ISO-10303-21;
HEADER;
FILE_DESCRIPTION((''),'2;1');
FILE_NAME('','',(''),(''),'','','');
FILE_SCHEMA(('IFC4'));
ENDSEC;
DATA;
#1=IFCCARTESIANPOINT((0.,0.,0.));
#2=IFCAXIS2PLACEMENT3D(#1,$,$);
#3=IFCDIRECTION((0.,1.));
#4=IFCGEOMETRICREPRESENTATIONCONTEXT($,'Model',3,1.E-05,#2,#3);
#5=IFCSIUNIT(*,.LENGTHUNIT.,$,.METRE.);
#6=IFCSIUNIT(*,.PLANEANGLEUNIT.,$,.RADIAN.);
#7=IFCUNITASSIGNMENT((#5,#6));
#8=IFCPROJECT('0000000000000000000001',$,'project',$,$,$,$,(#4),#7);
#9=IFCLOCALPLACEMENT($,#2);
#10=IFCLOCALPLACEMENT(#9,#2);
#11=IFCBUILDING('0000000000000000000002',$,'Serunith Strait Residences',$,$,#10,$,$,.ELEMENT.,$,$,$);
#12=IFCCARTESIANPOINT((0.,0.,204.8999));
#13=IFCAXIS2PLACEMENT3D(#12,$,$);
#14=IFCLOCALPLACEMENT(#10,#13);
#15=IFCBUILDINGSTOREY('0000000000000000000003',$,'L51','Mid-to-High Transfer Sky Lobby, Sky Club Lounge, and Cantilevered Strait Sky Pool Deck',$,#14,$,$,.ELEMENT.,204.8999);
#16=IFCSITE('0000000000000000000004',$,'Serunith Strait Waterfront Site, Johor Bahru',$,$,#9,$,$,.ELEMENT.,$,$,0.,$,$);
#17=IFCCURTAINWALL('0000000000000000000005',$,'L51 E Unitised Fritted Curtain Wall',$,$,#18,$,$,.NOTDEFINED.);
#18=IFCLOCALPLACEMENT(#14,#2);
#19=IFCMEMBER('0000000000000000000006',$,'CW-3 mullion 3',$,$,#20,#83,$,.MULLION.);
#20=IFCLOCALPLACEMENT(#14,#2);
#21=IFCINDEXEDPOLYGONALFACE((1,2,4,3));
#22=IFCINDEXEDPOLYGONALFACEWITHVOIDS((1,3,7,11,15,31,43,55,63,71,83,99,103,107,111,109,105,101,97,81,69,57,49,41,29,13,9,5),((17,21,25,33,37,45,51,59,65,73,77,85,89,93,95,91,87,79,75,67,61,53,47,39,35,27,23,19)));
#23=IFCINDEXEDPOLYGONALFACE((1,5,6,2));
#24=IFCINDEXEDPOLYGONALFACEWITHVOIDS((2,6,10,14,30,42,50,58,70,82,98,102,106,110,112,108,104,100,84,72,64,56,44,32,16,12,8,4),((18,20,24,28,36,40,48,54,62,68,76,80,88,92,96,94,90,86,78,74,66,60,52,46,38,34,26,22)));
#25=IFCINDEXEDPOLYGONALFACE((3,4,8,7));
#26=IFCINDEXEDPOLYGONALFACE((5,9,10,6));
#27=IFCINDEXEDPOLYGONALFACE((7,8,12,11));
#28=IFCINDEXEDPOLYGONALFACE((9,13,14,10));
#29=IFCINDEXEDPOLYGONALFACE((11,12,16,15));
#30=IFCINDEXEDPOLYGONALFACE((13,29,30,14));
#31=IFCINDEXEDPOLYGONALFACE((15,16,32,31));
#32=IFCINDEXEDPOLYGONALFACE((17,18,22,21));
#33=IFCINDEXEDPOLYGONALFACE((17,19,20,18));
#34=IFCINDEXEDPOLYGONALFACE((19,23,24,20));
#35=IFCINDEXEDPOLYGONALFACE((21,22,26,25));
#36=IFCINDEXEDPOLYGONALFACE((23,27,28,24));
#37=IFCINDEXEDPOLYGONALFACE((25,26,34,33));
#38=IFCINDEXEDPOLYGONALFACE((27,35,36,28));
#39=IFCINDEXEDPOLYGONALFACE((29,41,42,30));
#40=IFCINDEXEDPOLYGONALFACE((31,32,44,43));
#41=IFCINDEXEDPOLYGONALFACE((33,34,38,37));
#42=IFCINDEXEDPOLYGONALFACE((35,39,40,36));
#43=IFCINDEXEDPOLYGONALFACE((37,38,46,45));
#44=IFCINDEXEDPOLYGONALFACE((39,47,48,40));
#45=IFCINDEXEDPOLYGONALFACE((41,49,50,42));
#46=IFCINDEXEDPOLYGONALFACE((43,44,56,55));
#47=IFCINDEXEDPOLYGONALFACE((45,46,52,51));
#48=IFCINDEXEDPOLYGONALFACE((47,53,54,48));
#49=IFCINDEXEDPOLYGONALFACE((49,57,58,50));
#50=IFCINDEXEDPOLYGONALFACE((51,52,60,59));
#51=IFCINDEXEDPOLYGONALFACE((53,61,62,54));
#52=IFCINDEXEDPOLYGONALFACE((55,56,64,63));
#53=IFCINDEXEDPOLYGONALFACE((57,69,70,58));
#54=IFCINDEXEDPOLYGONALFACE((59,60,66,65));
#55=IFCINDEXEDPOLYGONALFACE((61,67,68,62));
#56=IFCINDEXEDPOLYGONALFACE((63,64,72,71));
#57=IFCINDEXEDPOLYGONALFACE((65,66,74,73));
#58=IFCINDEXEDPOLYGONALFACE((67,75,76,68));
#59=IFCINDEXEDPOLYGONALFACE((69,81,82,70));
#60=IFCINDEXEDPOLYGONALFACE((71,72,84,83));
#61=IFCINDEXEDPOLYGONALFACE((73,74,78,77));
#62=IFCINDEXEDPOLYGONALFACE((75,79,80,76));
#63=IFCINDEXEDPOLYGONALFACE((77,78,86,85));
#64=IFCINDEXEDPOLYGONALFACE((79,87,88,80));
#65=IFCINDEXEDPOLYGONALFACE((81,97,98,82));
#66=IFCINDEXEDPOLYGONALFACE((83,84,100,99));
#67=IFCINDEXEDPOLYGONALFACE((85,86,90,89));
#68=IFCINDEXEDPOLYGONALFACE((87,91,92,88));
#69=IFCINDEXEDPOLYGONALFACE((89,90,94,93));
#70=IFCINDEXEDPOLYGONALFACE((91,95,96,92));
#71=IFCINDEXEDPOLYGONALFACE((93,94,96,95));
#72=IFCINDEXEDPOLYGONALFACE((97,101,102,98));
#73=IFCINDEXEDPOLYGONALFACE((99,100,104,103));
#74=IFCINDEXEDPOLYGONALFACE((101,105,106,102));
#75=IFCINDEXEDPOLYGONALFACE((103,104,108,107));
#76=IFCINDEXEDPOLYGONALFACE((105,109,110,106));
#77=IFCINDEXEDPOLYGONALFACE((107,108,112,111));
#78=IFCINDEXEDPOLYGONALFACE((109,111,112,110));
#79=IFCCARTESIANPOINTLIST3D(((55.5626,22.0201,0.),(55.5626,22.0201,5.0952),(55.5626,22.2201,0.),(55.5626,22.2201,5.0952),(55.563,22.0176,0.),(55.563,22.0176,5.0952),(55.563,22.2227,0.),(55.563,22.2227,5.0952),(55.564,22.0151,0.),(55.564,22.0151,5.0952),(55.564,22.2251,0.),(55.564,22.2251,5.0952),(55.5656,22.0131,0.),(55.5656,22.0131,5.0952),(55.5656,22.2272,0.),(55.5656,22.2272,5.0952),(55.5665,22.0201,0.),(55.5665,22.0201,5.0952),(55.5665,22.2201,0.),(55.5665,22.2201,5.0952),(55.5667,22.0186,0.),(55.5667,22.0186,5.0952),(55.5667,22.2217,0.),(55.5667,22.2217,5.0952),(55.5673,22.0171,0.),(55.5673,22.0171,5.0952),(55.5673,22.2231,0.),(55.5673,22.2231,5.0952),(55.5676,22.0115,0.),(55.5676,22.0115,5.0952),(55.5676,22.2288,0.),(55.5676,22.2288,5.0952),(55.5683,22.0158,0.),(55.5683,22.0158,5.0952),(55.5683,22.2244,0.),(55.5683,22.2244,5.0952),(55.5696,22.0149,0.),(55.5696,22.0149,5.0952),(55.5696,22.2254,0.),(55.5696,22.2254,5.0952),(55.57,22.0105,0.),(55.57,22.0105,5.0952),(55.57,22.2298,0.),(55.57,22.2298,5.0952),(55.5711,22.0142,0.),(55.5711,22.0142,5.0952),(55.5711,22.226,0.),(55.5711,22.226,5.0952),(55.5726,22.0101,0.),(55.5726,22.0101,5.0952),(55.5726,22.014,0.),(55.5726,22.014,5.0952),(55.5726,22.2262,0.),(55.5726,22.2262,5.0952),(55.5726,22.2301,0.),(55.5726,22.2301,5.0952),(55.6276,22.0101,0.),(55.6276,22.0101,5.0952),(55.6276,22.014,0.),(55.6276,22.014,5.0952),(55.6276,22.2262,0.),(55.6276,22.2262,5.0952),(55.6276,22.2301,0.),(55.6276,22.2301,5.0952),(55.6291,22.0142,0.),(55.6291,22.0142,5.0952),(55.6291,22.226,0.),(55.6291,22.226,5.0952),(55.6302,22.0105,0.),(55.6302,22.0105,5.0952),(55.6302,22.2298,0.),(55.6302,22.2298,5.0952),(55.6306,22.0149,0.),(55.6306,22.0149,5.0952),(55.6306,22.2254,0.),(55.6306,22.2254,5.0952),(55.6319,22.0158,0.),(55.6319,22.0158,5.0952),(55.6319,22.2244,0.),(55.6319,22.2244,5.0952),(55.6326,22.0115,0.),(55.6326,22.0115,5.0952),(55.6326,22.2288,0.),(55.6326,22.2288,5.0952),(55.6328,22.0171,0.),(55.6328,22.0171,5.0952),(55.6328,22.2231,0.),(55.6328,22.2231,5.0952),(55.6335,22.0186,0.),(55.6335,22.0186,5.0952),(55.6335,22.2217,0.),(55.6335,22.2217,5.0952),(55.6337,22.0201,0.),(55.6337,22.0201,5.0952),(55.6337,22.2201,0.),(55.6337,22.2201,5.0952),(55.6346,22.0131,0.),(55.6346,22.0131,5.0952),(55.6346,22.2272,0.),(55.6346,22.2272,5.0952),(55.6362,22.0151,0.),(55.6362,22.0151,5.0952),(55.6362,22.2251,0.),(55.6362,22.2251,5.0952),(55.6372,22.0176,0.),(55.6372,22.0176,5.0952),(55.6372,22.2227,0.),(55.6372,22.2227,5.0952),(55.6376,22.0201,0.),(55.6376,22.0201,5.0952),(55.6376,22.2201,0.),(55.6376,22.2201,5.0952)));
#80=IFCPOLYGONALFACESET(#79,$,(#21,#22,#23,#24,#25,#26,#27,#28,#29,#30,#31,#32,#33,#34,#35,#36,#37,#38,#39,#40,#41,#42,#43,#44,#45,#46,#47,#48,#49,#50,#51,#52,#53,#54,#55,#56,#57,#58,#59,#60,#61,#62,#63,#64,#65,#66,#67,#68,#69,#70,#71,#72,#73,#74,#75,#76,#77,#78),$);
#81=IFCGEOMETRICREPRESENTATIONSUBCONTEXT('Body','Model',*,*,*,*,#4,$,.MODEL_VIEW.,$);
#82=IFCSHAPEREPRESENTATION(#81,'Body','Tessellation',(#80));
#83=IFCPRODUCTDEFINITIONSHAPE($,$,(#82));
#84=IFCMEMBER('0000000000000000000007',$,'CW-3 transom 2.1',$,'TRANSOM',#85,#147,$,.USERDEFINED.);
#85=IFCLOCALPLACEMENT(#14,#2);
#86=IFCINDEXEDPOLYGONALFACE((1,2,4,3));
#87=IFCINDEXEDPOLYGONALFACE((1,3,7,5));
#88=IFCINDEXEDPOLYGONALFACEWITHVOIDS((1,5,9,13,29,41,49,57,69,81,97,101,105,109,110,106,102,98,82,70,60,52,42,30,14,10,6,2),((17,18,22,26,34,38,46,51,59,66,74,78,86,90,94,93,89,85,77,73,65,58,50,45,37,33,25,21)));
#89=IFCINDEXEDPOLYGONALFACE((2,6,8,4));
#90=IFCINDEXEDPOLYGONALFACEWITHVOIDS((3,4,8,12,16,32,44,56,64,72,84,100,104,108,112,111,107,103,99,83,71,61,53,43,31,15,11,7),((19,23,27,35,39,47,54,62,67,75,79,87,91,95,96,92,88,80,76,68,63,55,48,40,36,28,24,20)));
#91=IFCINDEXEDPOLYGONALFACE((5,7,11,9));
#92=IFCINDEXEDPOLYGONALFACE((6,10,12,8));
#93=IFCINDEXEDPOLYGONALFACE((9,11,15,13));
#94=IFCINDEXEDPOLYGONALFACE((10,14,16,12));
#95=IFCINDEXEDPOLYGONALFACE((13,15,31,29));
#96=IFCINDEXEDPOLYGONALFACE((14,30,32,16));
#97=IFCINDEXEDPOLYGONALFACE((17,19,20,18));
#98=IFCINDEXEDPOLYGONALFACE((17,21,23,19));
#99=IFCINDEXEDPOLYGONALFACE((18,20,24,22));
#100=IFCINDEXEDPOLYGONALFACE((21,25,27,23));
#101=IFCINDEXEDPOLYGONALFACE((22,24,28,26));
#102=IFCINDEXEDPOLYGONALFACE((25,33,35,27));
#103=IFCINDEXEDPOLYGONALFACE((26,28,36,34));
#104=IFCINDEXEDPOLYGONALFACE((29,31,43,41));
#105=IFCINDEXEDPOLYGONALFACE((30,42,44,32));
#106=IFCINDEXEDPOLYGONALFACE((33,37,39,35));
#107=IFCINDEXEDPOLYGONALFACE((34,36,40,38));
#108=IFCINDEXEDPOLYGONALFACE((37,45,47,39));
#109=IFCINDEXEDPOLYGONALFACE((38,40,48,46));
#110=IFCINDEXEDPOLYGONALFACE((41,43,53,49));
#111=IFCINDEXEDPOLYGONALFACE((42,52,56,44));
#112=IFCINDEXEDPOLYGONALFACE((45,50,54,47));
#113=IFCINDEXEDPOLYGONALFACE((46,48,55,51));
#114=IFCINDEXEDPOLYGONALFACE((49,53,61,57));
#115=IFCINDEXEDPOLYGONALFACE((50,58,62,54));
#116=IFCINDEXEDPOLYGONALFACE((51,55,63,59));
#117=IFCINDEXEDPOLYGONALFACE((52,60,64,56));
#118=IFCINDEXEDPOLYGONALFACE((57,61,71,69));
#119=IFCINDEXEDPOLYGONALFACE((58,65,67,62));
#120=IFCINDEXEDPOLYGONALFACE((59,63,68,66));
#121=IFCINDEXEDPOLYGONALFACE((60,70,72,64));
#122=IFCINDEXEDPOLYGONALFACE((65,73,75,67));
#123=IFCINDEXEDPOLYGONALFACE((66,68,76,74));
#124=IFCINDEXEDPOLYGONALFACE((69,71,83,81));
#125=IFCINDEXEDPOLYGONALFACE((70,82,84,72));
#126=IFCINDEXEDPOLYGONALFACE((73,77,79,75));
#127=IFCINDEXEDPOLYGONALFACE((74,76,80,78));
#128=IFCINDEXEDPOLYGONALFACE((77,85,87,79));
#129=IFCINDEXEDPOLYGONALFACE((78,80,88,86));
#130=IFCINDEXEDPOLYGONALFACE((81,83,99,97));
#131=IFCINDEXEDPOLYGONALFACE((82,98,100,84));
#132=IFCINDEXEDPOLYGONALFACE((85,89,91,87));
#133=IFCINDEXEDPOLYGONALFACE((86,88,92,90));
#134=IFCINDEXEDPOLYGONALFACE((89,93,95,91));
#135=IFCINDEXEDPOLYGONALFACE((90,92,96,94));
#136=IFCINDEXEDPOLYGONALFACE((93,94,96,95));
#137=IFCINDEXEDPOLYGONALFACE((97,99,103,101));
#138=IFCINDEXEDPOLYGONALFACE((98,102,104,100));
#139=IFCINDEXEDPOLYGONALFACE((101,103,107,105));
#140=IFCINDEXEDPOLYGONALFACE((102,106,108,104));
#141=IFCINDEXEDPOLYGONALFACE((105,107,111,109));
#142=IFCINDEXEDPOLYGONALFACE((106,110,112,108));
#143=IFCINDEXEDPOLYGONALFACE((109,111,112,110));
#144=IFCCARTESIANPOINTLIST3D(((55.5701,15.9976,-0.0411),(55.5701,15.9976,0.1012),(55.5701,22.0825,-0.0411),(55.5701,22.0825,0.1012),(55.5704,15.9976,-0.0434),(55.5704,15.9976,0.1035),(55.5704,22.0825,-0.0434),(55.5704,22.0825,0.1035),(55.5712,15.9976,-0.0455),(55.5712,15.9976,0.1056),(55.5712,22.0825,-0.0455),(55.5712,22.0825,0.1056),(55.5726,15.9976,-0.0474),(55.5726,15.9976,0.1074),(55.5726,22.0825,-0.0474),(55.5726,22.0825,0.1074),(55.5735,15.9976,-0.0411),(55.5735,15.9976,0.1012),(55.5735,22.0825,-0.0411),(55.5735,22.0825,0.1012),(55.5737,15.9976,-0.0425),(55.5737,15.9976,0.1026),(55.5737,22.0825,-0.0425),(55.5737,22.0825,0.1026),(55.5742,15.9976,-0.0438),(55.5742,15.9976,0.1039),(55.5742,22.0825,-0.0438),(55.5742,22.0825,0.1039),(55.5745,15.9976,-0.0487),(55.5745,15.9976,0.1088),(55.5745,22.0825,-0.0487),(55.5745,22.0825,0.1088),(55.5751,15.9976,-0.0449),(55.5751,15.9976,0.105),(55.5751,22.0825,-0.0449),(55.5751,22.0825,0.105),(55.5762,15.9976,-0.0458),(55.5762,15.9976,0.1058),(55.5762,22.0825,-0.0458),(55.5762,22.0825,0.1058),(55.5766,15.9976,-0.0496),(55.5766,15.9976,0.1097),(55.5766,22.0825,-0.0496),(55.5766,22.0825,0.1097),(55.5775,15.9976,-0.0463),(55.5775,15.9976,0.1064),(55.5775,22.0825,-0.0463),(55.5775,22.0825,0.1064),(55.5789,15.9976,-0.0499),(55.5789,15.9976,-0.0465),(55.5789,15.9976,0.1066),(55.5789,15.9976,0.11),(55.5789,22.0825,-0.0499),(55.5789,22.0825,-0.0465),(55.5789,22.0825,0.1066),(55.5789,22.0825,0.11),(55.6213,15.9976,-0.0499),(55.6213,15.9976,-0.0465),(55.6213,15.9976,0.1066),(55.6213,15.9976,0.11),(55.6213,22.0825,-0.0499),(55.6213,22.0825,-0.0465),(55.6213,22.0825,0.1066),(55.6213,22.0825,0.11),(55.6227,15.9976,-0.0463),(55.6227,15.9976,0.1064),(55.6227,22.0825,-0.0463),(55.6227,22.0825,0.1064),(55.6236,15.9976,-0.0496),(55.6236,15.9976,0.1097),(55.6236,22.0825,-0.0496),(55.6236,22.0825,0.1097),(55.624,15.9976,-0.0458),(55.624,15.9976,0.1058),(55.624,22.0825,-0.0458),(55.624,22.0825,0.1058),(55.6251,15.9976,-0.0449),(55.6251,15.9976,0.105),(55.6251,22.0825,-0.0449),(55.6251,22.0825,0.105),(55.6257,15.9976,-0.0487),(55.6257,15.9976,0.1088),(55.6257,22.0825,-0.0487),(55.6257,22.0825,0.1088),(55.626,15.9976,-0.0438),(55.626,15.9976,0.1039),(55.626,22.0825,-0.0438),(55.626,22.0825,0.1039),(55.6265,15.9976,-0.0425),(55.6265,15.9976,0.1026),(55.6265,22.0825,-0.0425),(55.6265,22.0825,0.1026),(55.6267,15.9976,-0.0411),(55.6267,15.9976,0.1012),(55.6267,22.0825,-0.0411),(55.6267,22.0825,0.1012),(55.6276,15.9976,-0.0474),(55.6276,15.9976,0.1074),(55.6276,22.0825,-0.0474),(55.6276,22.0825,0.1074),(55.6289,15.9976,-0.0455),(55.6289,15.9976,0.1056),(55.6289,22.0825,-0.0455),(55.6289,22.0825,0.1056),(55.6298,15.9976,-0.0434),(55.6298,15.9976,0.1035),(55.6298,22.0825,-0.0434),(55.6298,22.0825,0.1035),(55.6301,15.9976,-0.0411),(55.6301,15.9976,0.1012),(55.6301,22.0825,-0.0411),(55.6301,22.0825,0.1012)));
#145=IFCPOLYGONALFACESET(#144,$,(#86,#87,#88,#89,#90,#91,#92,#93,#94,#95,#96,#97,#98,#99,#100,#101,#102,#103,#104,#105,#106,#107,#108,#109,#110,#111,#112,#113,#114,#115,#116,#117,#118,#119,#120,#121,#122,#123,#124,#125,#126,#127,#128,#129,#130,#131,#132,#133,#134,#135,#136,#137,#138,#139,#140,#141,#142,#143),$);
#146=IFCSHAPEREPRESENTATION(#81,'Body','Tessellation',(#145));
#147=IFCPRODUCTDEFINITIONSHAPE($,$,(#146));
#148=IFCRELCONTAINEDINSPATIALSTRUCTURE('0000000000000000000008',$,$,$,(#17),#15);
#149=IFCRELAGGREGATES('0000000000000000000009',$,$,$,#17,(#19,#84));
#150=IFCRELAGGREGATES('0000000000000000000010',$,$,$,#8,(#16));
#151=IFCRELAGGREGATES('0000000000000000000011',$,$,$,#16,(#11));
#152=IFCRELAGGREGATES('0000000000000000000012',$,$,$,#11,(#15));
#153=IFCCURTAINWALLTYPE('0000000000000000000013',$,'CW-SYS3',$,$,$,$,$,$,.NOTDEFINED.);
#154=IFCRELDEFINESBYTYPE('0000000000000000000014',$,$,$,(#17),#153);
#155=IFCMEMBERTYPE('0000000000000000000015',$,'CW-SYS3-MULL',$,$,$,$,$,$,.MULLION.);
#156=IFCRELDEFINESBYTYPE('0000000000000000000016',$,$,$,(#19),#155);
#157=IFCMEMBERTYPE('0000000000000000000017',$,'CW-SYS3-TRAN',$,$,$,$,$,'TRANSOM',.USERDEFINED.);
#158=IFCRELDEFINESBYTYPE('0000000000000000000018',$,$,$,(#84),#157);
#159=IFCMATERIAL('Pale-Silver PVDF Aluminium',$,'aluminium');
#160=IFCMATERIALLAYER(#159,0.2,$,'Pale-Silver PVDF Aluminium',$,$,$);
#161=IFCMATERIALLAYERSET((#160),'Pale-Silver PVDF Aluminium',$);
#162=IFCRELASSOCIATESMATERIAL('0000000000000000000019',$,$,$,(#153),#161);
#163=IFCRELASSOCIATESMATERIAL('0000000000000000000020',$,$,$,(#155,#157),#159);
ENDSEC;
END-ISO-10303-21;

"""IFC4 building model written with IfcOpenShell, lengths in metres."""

from ifc_helpers import new_model, si_unit, direction, frame, origin, origin_2d, place, context, subcontext, project, spatial, hollow_rectangle, extrude, source, transform, mapped, material, layer, layer_set, material_profile, profile_set, type_object, element, aggregate, save


model = new_model("IFC4")

# Units and contexts
model_context = context("Model", 3, precision=1e-05, world=origin(), true_north=direction((0.0, 1.0)))
body_context = subcontext(model_context, "Body", "Model", "MODEL_VIEW")
ifc_project = project(units=[si_unit("LENGTHUNIT", "METRE"), si_unit("PLANEANGLEUNIT", "RADIAN")], contexts=[model_context])

# Site, building, storey
site_placement = place(None, origin())
site = spatial("IfcSite", under=ifc_project, at=site_placement, Name="Serunith Strait Waterfront Site, Johor Bahru", CompositionType="ELEMENT", RefElevation=0.0)
building_placement = place(site_placement, origin())
building = spatial("IfcBuilding", under=site, at=building_placement, Name="Serunith Strait Residences", CompositionType="ELEMENT")
storey_placement = place(building_placement, frame((0.0, 0.0, 204.8999)))
storey = spatial("IfcBuildingStorey", under=building, at=storey_placement, Name="L51", Description="Mid-to-High Transfer Sky Lobby, Sky Club Lounge, and Cantilevered Strait Sky Pool Deck", CompositionType="ELEMENT", Elevation=204.8999)

# Curtain wall, members
ifc_material_1 = material(Name="Pale-Silver PVDF Aluminium", Category="aluminium")
ifc_layer_1 = layer(ifc_material_1, 0.2, Name="Pale-Silver PVDF Aluminium")
ifc_layer_set_1 = layer_set([ifc_layer_1], Name="Pale-Silver PVDF Aluminium")
curtain_wall_type = type_object("IfcCurtainWallType", Name="CW-SYS3", PredefinedType="NOTDEFINED", material=ifc_layer_set_1)
curtain_wall_placement = place(storey_placement, origin())
curtain_wall = element("IfcCurtainWall", 1, at=curtain_wall_placement, inside=storey, type_object=curtain_wall_type, Name="L51 E Unitised Fritted Curtain Wall", PredefinedType="NOTDEFINED")
ifc_material_profile_1 = material_profile(ifc_material_1, hollow_rectangle(XDim=0.075, YDim=0.22, WallThickness=0.0039, InnerFilletRadius=0.0061, OuterFilletRadius=0.01, at=origin_2d()), Name="ALU 220x75x4")
ifc_profile_set_1 = profile_set([ifc_material_profile_1], Name="Pale-Silver PVDF Aluminium")
member_type_1 = type_object("IfcMemberType", Name="CW-SYS3-MULL", PredefinedType="MULLION", material=ifc_profile_set_1)
shared_shape_1 = source(origin(), body_context, "Body", "SweptSolid", [
    extrude(hollow_rectangle(XDim=0.075, YDim=0.22, WallThickness=0.0039, InnerFilletRadius=0.0061, OuterFilletRadius=0.01, at=origin_2d()), origin(), (0.0, 0.0, 1.0), 5.0952),
])
member_1_placement = place(storey_placement, frame((55.6001, 22.1201, 0.0), z_axis=(0.0, 0.0, 1.0), x_axis=(-1.0, 0.0, 0.0)))
member_1 = element("IfcMember", 2, at=member_1_placement, type_object=member_type_1, Name="CW-3 mullion 3", PredefinedType="MULLION", context=body_context, shape_type="MappedRepresentation", body=[
    mapped(shared_shape_1, transform((0.0, 0.0, 0.0), scale=1.0)),
])
ifc_material_profile_2 = material_profile(ifc_material_1, hollow_rectangle(XDim=0.0601, YDim=0.1599, WallThickness=0.0034, InnerFilletRadius=0.0054, OuterFilletRadius=0.0088, at=origin_2d()), Name="ALU 160x60x3.5")
ifc_profile_set_2 = profile_set([ifc_material_profile_2], Name="Pale-Silver PVDF Aluminium")
member_type_2 = type_object("IfcMemberType", Name="CW-SYS3-TRAN", ElementType="TRANSOM", PredefinedType="USERDEFINED", material=ifc_profile_set_2)
shared_shape_2 = source(origin(), body_context, "Body", "SweptSolid", [
    extrude(hollow_rectangle(XDim=0.0601, YDim=0.1599, WallThickness=0.0034, InnerFilletRadius=0.0054, OuterFilletRadius=0.0088, at=origin_2d()), origin(), (0.0, 0.0, 1.0), 6.085),
])
member_2_placement = place(storey_placement, frame((55.6001, 15.9976, 0.03), z_axis=(0.0, 1.0, 0.0), x_axis=(-1.0, 0.0, 0.0)))
member_2 = element("IfcMember", 3, at=member_2_placement, type_object=member_type_2, Name="CW-3 transom 2.1", ObjectType="TRANSOM", PredefinedType="USERDEFINED", context=body_context, shape_type="MappedRepresentation", body=[
    mapped(shared_shape_2, transform((0.0, 0.0, 0.0), scale=1.0)),
])
aggregate(curtain_wall, [member_1, member_2])

save(model, "model.ifc")
